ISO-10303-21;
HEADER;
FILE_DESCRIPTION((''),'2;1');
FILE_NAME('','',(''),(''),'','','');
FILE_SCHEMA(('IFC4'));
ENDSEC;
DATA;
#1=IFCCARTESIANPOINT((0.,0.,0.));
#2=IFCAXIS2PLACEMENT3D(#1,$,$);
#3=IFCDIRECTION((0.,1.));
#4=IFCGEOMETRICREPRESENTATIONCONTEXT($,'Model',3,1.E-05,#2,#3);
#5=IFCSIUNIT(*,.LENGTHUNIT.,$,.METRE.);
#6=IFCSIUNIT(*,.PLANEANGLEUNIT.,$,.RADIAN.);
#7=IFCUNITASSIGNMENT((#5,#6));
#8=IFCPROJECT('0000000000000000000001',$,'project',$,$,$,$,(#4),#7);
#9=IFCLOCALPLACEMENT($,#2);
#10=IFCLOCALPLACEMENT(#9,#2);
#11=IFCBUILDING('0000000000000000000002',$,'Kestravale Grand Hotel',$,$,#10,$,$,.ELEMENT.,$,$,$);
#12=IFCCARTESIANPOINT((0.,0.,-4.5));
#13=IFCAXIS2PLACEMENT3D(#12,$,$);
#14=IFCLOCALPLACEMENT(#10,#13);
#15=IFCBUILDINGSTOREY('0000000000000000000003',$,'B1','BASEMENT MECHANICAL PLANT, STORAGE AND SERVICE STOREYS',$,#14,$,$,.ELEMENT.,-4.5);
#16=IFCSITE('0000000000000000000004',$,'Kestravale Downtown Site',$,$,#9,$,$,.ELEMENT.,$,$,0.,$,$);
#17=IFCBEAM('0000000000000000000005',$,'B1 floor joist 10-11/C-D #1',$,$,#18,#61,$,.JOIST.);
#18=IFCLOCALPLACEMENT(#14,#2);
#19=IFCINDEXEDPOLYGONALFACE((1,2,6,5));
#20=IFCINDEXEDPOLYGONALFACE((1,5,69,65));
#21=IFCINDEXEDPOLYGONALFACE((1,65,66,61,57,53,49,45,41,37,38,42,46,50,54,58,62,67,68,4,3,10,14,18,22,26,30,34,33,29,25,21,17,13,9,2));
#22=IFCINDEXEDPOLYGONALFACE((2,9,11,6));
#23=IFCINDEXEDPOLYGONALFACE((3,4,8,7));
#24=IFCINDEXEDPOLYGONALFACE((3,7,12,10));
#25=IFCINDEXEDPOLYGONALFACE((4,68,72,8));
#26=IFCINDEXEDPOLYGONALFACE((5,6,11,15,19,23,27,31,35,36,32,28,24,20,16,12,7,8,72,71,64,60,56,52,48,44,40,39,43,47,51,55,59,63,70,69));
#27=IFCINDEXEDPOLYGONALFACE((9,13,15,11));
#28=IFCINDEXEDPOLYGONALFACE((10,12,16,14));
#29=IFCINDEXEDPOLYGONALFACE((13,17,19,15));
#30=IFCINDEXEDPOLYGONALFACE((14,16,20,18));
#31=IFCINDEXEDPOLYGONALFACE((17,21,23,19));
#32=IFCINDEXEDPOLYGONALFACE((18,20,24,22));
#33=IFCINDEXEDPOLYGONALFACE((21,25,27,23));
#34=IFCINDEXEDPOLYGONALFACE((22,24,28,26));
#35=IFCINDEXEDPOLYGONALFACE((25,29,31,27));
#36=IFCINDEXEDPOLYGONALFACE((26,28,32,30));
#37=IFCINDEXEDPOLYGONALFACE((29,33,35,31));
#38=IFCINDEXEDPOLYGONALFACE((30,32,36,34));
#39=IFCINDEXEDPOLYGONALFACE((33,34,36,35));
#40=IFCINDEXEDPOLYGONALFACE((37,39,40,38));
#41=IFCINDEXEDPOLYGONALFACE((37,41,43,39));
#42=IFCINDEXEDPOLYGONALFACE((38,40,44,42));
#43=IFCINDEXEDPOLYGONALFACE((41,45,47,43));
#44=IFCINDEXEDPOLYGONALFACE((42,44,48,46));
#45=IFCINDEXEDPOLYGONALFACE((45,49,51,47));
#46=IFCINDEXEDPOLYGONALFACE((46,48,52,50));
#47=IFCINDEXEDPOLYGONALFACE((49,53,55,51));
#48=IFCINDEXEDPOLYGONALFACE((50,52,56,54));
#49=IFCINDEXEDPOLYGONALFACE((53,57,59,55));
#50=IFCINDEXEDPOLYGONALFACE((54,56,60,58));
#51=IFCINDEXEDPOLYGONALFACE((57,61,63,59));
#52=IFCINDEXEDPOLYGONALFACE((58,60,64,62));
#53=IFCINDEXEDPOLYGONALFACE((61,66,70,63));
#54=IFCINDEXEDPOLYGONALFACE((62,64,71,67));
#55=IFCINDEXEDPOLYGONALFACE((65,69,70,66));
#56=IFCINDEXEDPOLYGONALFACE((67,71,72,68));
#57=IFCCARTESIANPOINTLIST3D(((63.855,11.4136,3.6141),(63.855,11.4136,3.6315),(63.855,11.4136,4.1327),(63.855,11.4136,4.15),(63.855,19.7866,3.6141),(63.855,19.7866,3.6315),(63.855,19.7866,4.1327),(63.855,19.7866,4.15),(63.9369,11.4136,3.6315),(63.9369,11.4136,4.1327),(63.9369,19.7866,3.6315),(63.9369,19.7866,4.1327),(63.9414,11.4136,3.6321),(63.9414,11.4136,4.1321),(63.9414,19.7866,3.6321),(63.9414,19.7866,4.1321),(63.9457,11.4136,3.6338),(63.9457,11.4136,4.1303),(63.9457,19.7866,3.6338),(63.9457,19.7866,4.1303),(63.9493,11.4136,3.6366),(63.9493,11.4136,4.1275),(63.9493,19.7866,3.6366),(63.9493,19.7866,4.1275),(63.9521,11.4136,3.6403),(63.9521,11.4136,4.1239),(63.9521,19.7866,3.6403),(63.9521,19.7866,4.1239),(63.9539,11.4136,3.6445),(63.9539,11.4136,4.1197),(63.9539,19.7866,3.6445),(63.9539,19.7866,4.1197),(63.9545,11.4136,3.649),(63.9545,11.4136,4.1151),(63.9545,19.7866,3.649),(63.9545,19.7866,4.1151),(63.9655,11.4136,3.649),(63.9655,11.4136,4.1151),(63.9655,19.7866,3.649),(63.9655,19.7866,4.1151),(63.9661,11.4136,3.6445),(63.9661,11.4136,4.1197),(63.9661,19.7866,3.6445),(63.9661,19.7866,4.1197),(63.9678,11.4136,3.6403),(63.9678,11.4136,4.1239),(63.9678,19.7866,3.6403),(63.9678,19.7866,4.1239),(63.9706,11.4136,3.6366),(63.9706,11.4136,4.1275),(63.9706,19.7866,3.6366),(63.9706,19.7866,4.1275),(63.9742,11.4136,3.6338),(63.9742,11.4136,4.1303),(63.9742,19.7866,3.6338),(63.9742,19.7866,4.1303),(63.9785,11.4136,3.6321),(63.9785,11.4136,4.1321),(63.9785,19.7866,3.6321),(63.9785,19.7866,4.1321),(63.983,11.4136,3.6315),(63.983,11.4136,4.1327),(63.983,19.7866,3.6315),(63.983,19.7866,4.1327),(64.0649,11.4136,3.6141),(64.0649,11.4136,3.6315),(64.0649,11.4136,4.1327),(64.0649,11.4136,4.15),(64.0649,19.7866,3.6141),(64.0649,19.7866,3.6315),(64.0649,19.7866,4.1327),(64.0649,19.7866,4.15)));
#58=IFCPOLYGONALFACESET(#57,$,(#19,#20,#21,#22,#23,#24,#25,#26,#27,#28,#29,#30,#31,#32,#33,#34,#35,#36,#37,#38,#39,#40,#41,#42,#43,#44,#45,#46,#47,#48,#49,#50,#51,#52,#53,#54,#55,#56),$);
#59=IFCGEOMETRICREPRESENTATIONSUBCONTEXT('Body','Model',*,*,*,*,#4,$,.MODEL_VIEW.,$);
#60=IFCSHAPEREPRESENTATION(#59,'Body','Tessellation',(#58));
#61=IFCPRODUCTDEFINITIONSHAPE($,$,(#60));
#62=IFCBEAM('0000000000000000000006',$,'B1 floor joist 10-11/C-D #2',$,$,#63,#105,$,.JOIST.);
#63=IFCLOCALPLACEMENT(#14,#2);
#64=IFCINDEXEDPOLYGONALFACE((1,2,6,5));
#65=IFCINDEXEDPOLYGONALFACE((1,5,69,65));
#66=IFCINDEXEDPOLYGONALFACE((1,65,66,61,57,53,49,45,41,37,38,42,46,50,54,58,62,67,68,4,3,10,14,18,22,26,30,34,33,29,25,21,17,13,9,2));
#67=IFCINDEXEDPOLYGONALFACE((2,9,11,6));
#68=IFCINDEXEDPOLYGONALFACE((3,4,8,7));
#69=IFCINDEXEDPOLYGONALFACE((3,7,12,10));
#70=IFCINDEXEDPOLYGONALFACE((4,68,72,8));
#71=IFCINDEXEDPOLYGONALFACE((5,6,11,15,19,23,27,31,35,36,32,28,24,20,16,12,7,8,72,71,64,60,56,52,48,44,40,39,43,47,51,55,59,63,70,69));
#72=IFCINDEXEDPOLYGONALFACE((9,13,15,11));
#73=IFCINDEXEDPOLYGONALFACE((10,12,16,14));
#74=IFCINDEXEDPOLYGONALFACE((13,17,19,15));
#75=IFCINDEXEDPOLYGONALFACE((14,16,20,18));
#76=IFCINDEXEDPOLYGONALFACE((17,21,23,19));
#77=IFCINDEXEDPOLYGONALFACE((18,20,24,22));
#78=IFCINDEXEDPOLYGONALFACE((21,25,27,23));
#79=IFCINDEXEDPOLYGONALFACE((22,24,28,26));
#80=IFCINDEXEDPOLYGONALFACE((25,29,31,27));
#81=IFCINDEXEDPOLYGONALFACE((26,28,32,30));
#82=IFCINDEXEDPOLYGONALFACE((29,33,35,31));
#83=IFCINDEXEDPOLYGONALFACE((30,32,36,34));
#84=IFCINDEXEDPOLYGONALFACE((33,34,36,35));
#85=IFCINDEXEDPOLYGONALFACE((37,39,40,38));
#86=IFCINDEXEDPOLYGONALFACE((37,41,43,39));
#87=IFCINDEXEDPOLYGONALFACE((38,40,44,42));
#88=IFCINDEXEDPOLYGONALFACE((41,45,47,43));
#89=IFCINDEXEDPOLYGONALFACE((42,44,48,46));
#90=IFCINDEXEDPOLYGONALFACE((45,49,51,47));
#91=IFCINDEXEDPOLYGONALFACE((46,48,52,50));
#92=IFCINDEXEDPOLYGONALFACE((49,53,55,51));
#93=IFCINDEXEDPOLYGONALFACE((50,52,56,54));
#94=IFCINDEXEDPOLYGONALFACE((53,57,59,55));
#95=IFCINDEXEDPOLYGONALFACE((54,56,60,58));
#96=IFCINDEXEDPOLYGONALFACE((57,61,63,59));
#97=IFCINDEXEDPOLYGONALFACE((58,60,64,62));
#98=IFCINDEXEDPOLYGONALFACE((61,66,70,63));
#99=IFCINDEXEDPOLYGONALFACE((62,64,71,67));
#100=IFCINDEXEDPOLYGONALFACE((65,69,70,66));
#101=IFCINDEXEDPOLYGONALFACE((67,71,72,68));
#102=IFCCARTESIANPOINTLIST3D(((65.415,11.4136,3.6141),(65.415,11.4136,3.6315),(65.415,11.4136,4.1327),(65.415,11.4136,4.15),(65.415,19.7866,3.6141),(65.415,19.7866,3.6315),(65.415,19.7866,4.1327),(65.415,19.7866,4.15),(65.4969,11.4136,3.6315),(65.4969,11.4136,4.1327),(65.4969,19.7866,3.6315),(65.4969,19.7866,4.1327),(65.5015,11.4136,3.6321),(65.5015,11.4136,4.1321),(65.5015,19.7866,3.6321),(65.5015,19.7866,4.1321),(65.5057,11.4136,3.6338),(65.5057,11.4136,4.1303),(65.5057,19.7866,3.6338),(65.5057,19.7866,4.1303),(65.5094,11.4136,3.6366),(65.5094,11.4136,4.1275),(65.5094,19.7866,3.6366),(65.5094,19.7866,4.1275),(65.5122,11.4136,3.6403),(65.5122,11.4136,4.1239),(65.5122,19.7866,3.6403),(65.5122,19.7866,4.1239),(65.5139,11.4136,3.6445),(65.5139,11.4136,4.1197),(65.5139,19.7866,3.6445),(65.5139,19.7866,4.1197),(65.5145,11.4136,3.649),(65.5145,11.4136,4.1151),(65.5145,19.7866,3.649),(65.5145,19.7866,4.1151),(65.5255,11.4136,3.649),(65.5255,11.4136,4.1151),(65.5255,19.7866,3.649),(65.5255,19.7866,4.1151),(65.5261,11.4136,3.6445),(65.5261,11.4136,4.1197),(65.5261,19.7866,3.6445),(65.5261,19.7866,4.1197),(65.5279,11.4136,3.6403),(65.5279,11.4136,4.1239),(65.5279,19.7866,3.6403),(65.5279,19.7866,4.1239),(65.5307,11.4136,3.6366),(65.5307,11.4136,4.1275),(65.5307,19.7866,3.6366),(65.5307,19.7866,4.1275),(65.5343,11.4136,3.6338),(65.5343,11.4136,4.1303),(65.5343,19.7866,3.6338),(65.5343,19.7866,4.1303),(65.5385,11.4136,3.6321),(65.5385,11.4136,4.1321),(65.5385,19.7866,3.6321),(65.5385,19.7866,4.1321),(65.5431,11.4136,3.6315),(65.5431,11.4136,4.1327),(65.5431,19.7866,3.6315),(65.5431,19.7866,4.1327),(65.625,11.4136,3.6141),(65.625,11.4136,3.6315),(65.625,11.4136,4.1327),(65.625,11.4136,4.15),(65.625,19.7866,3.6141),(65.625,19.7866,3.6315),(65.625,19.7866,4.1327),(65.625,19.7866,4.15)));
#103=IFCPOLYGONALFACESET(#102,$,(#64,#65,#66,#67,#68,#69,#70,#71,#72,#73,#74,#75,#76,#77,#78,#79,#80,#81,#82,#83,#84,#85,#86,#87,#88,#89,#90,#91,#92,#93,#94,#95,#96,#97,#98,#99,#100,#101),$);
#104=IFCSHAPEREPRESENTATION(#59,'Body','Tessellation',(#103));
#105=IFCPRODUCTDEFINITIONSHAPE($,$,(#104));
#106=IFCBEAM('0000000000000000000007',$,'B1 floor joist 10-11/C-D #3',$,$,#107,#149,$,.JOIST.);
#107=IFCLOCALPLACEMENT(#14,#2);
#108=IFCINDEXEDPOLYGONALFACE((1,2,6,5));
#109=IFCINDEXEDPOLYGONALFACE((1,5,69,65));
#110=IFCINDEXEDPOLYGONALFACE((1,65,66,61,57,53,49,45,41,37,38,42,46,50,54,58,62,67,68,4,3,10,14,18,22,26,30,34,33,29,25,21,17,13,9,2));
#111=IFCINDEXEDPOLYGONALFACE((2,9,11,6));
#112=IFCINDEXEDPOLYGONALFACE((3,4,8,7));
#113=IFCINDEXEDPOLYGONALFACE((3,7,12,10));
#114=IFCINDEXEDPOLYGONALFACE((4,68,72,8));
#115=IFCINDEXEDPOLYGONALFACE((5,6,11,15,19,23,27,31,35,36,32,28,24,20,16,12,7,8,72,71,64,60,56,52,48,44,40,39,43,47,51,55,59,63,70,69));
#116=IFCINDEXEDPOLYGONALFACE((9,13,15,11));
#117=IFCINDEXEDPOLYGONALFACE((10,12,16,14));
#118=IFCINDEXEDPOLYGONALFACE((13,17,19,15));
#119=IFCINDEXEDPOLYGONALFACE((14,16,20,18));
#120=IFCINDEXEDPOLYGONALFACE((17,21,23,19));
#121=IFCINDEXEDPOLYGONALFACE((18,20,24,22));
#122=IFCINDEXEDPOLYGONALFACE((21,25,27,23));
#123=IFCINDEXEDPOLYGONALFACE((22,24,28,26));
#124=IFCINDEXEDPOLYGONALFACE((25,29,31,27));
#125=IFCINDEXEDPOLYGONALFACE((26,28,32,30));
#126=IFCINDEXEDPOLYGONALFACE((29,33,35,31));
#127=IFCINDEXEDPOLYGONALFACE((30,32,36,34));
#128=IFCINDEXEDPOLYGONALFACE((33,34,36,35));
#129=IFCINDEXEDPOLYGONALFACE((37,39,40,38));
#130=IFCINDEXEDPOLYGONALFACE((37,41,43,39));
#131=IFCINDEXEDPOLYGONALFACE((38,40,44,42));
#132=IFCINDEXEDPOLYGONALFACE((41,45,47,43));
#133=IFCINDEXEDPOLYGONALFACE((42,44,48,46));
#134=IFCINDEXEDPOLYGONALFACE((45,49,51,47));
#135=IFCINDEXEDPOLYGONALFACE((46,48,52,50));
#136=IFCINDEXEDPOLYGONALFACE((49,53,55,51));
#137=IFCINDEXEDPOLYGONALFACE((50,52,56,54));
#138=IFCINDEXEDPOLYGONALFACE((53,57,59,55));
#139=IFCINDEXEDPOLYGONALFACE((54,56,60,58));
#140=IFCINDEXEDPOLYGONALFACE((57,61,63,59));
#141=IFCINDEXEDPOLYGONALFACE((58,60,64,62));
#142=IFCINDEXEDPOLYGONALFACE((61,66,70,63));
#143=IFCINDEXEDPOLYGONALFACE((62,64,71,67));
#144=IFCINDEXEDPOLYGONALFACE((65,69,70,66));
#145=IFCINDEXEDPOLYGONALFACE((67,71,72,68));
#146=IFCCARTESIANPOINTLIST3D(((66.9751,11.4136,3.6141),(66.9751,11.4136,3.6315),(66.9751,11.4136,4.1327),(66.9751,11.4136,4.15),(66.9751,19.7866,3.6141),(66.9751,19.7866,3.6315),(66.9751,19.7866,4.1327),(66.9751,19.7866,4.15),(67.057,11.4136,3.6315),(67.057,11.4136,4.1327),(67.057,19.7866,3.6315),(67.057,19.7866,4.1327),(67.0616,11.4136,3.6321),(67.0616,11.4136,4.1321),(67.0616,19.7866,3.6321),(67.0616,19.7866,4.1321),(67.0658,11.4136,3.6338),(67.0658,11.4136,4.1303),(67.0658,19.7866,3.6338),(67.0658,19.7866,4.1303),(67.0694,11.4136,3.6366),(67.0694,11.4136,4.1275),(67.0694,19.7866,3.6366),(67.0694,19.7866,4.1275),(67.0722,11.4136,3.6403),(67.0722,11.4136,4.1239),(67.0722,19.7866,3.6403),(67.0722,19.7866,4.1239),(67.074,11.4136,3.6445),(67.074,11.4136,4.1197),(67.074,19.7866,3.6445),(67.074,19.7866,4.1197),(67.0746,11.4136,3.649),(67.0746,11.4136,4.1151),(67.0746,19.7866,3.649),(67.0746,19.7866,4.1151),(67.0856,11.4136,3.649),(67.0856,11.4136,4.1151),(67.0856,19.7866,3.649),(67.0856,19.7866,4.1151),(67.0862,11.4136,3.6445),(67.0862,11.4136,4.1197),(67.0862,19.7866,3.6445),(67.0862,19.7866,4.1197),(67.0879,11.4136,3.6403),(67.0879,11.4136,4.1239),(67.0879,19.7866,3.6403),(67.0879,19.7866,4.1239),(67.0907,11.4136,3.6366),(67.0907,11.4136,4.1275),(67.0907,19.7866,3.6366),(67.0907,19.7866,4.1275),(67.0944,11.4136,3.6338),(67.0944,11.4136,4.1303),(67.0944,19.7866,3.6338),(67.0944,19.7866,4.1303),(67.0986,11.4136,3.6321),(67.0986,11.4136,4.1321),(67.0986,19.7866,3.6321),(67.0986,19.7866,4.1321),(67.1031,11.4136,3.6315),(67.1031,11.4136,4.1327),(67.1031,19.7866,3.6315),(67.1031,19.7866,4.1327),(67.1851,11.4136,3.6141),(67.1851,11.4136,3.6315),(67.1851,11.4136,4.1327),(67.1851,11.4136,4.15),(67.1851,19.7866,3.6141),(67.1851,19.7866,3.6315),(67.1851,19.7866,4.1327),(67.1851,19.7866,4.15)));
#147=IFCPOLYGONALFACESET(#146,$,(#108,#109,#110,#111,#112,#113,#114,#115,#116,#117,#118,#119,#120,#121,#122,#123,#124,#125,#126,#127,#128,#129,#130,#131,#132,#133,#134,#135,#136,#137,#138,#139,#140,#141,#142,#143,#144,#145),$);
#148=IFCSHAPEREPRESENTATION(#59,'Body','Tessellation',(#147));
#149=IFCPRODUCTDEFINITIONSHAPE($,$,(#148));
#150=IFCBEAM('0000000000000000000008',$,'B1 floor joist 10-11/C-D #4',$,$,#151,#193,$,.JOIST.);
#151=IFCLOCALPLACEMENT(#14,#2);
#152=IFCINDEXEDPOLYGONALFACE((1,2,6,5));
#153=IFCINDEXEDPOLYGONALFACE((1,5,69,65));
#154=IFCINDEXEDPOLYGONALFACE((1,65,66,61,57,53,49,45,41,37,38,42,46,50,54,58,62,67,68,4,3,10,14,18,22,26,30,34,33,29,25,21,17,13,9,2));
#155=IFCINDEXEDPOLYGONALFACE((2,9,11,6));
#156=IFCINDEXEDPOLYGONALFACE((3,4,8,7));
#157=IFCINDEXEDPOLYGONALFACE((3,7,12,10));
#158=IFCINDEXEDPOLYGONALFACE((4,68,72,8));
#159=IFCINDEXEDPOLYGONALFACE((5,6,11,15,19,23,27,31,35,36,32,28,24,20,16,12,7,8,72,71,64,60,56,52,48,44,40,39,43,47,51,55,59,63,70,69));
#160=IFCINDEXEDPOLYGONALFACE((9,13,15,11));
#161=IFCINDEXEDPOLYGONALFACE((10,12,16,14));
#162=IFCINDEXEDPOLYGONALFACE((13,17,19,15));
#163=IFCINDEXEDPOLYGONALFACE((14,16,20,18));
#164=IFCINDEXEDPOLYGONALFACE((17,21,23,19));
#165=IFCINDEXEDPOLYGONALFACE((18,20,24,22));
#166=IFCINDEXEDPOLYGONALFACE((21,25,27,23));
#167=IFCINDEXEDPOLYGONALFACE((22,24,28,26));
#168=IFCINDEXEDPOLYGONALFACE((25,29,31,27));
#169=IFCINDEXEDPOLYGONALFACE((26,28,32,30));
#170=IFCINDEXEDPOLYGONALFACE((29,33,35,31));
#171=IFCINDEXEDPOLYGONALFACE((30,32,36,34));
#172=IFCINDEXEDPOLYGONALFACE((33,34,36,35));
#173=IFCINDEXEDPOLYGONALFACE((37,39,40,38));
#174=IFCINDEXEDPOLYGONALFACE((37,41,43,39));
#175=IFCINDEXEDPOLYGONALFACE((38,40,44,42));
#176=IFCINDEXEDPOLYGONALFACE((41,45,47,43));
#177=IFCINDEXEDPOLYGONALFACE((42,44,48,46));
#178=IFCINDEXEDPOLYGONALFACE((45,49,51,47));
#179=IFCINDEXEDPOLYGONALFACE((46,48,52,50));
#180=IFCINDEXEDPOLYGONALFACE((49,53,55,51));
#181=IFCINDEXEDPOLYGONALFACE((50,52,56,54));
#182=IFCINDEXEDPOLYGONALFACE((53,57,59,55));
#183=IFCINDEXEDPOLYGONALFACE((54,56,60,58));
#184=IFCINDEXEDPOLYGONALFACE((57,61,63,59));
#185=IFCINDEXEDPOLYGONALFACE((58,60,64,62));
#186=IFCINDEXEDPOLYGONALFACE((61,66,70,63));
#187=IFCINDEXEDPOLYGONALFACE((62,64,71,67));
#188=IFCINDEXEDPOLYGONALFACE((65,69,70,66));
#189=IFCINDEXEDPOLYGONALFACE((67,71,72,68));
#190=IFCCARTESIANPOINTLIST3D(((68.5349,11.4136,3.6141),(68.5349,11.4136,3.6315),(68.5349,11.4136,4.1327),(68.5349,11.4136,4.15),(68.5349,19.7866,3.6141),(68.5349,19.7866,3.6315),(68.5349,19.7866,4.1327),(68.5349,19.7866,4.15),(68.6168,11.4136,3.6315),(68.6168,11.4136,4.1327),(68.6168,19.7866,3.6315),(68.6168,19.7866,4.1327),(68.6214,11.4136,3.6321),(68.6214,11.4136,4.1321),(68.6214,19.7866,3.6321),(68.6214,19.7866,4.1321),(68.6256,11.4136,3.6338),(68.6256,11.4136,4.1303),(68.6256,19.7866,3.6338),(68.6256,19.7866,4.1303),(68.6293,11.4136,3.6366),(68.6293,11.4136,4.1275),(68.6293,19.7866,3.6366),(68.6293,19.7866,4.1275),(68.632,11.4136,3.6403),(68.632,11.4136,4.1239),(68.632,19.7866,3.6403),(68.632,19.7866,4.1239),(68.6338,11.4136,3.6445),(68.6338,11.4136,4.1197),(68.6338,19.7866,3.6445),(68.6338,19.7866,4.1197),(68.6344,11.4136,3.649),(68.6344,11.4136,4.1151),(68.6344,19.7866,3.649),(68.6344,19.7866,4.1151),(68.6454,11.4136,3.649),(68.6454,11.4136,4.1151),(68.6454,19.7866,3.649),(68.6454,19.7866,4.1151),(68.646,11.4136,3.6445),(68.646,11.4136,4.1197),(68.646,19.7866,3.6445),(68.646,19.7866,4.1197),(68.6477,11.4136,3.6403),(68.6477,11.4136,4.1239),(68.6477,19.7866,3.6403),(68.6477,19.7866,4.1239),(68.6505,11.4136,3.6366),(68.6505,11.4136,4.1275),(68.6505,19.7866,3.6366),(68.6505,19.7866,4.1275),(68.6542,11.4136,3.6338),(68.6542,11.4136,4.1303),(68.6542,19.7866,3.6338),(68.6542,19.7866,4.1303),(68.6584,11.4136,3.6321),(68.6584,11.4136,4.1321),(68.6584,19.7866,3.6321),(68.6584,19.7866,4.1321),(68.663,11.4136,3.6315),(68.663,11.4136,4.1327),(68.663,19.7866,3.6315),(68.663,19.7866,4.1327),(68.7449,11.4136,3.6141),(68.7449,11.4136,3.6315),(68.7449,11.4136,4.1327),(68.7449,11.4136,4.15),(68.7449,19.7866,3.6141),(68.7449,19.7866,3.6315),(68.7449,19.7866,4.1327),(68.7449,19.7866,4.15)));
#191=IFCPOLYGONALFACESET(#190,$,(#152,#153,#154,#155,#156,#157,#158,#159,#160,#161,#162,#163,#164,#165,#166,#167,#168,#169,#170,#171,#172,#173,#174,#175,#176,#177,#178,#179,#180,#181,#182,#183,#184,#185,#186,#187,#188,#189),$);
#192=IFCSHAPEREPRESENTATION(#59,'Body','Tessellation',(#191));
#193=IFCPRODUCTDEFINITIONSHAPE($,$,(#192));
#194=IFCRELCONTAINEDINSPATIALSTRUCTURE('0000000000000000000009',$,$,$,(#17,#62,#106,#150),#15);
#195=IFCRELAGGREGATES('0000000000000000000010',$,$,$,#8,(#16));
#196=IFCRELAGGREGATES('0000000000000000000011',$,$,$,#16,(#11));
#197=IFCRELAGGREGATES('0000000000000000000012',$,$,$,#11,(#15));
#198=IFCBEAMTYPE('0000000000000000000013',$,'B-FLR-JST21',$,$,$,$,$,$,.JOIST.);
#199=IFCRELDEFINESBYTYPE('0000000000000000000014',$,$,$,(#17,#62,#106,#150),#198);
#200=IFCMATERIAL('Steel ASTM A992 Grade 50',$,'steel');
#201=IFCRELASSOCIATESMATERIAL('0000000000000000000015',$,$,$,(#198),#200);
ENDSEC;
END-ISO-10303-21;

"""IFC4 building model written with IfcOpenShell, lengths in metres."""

from ifc_helpers import new_model, si_unit, direction, frame, origin, origin_2d, place, context, subcontext, project, spatial, i_section, extrude, material, material_profile, profile_set, type_object, element, save


model = new_model("IFC4")

# Units and contexts
model_context = context("Model", 3, precision=1e-05, world=origin(), true_north=direction((0.0, 1.0)))
body_context = subcontext(model_context, "Body", "Model", "MODEL_VIEW")
ifc_project = project(units=[si_unit("LENGTHUNIT", "METRE"), si_unit("PLANEANGLEUNIT", "RADIAN")], contexts=[model_context])

# Site, building, storey
site_placement = place(None, origin())
site = spatial("IfcSite", under=ifc_project, at=site_placement, Name="Kestravale Downtown Site", CompositionType="ELEMENT", RefElevation=0.0)
building_placement = place(site_placement, origin())
building = spatial("IfcBuilding", under=site, at=building_placement, Name="Kestravale Grand Hotel", CompositionType="ELEMENT")
storey_placement = place(building_placement, frame((0.0, 0.0, -4.5)))
storey = spatial("IfcBuildingStorey", under=building, at=storey_placement, Name="B1", Description="BASEMENT MECHANICAL PLANT, STORAGE AND SERVICE STOREYS", CompositionType="ELEMENT", Elevation=-4.5)

# Beams
ifc_material_1 = material(Name="Steel ASTM A992 Grade 50", Category="steel")
ifc_material_profile_1 = material_profile(ifc_material_1, i_section(OverallWidth=0.21, OverallDepth=0.5359, WebThickness=0.011, FlangeThickness=0.0173, FilletRadius=0.0176, at=origin_2d()))
ifc_profile_set_1 = profile_set([ifc_material_profile_1], Name="Steel ASTM A992 Grade 50")
beam_type_1 = type_object("IfcBeamType", Name="B-FLR-JST21", PredefinedType="JOIST", material=ifc_profile_set_1)
for number, where, z_axis, x_axis, name in (
    (1, (63.96, 11.4136, 3.8821), (0.0, 1.0, 0.0), (-1.0, 0.0, 0.0), "B1 floor joist 10-11/C-D #1"),
    (2, (65.52, 11.4136, 3.8821), (0.0, 1.0, 0.0), (-1.0, 0.0, 0.0), "B1 floor joist 10-11/C-D #2"),
    (3, (67.0801, 11.4136, 3.8821), (0.0, 1.0, 0.0), (-1.0, 0.0, 0.0), "B1 floor joist 10-11/C-D #3"),
    (4, (68.6399, 11.4136, 3.8821), (0.0, 1.0, 0.0), (-1.0, 0.0, 0.0), "B1 floor joist 10-11/C-D #4"),
):
    element("IfcBeam", number, at=place(storey_placement, frame(where, z_axis=z_axis, x_axis=x_axis)), inside=storey, type_object=beam_type_1, Name=name, PredefinedType="JOIST", context=body_context, shape_type="SweptSolid", body=[
        extrude(i_section(OverallWidth=0.21, OverallDepth=0.5359, WebThickness=0.011, FlangeThickness=0.0173, FilletRadius=0.0176, at=origin_2d()), origin(), (0.0, 0.0, 1.0), 8.373),
    ])

save(model, "model.ifc")
